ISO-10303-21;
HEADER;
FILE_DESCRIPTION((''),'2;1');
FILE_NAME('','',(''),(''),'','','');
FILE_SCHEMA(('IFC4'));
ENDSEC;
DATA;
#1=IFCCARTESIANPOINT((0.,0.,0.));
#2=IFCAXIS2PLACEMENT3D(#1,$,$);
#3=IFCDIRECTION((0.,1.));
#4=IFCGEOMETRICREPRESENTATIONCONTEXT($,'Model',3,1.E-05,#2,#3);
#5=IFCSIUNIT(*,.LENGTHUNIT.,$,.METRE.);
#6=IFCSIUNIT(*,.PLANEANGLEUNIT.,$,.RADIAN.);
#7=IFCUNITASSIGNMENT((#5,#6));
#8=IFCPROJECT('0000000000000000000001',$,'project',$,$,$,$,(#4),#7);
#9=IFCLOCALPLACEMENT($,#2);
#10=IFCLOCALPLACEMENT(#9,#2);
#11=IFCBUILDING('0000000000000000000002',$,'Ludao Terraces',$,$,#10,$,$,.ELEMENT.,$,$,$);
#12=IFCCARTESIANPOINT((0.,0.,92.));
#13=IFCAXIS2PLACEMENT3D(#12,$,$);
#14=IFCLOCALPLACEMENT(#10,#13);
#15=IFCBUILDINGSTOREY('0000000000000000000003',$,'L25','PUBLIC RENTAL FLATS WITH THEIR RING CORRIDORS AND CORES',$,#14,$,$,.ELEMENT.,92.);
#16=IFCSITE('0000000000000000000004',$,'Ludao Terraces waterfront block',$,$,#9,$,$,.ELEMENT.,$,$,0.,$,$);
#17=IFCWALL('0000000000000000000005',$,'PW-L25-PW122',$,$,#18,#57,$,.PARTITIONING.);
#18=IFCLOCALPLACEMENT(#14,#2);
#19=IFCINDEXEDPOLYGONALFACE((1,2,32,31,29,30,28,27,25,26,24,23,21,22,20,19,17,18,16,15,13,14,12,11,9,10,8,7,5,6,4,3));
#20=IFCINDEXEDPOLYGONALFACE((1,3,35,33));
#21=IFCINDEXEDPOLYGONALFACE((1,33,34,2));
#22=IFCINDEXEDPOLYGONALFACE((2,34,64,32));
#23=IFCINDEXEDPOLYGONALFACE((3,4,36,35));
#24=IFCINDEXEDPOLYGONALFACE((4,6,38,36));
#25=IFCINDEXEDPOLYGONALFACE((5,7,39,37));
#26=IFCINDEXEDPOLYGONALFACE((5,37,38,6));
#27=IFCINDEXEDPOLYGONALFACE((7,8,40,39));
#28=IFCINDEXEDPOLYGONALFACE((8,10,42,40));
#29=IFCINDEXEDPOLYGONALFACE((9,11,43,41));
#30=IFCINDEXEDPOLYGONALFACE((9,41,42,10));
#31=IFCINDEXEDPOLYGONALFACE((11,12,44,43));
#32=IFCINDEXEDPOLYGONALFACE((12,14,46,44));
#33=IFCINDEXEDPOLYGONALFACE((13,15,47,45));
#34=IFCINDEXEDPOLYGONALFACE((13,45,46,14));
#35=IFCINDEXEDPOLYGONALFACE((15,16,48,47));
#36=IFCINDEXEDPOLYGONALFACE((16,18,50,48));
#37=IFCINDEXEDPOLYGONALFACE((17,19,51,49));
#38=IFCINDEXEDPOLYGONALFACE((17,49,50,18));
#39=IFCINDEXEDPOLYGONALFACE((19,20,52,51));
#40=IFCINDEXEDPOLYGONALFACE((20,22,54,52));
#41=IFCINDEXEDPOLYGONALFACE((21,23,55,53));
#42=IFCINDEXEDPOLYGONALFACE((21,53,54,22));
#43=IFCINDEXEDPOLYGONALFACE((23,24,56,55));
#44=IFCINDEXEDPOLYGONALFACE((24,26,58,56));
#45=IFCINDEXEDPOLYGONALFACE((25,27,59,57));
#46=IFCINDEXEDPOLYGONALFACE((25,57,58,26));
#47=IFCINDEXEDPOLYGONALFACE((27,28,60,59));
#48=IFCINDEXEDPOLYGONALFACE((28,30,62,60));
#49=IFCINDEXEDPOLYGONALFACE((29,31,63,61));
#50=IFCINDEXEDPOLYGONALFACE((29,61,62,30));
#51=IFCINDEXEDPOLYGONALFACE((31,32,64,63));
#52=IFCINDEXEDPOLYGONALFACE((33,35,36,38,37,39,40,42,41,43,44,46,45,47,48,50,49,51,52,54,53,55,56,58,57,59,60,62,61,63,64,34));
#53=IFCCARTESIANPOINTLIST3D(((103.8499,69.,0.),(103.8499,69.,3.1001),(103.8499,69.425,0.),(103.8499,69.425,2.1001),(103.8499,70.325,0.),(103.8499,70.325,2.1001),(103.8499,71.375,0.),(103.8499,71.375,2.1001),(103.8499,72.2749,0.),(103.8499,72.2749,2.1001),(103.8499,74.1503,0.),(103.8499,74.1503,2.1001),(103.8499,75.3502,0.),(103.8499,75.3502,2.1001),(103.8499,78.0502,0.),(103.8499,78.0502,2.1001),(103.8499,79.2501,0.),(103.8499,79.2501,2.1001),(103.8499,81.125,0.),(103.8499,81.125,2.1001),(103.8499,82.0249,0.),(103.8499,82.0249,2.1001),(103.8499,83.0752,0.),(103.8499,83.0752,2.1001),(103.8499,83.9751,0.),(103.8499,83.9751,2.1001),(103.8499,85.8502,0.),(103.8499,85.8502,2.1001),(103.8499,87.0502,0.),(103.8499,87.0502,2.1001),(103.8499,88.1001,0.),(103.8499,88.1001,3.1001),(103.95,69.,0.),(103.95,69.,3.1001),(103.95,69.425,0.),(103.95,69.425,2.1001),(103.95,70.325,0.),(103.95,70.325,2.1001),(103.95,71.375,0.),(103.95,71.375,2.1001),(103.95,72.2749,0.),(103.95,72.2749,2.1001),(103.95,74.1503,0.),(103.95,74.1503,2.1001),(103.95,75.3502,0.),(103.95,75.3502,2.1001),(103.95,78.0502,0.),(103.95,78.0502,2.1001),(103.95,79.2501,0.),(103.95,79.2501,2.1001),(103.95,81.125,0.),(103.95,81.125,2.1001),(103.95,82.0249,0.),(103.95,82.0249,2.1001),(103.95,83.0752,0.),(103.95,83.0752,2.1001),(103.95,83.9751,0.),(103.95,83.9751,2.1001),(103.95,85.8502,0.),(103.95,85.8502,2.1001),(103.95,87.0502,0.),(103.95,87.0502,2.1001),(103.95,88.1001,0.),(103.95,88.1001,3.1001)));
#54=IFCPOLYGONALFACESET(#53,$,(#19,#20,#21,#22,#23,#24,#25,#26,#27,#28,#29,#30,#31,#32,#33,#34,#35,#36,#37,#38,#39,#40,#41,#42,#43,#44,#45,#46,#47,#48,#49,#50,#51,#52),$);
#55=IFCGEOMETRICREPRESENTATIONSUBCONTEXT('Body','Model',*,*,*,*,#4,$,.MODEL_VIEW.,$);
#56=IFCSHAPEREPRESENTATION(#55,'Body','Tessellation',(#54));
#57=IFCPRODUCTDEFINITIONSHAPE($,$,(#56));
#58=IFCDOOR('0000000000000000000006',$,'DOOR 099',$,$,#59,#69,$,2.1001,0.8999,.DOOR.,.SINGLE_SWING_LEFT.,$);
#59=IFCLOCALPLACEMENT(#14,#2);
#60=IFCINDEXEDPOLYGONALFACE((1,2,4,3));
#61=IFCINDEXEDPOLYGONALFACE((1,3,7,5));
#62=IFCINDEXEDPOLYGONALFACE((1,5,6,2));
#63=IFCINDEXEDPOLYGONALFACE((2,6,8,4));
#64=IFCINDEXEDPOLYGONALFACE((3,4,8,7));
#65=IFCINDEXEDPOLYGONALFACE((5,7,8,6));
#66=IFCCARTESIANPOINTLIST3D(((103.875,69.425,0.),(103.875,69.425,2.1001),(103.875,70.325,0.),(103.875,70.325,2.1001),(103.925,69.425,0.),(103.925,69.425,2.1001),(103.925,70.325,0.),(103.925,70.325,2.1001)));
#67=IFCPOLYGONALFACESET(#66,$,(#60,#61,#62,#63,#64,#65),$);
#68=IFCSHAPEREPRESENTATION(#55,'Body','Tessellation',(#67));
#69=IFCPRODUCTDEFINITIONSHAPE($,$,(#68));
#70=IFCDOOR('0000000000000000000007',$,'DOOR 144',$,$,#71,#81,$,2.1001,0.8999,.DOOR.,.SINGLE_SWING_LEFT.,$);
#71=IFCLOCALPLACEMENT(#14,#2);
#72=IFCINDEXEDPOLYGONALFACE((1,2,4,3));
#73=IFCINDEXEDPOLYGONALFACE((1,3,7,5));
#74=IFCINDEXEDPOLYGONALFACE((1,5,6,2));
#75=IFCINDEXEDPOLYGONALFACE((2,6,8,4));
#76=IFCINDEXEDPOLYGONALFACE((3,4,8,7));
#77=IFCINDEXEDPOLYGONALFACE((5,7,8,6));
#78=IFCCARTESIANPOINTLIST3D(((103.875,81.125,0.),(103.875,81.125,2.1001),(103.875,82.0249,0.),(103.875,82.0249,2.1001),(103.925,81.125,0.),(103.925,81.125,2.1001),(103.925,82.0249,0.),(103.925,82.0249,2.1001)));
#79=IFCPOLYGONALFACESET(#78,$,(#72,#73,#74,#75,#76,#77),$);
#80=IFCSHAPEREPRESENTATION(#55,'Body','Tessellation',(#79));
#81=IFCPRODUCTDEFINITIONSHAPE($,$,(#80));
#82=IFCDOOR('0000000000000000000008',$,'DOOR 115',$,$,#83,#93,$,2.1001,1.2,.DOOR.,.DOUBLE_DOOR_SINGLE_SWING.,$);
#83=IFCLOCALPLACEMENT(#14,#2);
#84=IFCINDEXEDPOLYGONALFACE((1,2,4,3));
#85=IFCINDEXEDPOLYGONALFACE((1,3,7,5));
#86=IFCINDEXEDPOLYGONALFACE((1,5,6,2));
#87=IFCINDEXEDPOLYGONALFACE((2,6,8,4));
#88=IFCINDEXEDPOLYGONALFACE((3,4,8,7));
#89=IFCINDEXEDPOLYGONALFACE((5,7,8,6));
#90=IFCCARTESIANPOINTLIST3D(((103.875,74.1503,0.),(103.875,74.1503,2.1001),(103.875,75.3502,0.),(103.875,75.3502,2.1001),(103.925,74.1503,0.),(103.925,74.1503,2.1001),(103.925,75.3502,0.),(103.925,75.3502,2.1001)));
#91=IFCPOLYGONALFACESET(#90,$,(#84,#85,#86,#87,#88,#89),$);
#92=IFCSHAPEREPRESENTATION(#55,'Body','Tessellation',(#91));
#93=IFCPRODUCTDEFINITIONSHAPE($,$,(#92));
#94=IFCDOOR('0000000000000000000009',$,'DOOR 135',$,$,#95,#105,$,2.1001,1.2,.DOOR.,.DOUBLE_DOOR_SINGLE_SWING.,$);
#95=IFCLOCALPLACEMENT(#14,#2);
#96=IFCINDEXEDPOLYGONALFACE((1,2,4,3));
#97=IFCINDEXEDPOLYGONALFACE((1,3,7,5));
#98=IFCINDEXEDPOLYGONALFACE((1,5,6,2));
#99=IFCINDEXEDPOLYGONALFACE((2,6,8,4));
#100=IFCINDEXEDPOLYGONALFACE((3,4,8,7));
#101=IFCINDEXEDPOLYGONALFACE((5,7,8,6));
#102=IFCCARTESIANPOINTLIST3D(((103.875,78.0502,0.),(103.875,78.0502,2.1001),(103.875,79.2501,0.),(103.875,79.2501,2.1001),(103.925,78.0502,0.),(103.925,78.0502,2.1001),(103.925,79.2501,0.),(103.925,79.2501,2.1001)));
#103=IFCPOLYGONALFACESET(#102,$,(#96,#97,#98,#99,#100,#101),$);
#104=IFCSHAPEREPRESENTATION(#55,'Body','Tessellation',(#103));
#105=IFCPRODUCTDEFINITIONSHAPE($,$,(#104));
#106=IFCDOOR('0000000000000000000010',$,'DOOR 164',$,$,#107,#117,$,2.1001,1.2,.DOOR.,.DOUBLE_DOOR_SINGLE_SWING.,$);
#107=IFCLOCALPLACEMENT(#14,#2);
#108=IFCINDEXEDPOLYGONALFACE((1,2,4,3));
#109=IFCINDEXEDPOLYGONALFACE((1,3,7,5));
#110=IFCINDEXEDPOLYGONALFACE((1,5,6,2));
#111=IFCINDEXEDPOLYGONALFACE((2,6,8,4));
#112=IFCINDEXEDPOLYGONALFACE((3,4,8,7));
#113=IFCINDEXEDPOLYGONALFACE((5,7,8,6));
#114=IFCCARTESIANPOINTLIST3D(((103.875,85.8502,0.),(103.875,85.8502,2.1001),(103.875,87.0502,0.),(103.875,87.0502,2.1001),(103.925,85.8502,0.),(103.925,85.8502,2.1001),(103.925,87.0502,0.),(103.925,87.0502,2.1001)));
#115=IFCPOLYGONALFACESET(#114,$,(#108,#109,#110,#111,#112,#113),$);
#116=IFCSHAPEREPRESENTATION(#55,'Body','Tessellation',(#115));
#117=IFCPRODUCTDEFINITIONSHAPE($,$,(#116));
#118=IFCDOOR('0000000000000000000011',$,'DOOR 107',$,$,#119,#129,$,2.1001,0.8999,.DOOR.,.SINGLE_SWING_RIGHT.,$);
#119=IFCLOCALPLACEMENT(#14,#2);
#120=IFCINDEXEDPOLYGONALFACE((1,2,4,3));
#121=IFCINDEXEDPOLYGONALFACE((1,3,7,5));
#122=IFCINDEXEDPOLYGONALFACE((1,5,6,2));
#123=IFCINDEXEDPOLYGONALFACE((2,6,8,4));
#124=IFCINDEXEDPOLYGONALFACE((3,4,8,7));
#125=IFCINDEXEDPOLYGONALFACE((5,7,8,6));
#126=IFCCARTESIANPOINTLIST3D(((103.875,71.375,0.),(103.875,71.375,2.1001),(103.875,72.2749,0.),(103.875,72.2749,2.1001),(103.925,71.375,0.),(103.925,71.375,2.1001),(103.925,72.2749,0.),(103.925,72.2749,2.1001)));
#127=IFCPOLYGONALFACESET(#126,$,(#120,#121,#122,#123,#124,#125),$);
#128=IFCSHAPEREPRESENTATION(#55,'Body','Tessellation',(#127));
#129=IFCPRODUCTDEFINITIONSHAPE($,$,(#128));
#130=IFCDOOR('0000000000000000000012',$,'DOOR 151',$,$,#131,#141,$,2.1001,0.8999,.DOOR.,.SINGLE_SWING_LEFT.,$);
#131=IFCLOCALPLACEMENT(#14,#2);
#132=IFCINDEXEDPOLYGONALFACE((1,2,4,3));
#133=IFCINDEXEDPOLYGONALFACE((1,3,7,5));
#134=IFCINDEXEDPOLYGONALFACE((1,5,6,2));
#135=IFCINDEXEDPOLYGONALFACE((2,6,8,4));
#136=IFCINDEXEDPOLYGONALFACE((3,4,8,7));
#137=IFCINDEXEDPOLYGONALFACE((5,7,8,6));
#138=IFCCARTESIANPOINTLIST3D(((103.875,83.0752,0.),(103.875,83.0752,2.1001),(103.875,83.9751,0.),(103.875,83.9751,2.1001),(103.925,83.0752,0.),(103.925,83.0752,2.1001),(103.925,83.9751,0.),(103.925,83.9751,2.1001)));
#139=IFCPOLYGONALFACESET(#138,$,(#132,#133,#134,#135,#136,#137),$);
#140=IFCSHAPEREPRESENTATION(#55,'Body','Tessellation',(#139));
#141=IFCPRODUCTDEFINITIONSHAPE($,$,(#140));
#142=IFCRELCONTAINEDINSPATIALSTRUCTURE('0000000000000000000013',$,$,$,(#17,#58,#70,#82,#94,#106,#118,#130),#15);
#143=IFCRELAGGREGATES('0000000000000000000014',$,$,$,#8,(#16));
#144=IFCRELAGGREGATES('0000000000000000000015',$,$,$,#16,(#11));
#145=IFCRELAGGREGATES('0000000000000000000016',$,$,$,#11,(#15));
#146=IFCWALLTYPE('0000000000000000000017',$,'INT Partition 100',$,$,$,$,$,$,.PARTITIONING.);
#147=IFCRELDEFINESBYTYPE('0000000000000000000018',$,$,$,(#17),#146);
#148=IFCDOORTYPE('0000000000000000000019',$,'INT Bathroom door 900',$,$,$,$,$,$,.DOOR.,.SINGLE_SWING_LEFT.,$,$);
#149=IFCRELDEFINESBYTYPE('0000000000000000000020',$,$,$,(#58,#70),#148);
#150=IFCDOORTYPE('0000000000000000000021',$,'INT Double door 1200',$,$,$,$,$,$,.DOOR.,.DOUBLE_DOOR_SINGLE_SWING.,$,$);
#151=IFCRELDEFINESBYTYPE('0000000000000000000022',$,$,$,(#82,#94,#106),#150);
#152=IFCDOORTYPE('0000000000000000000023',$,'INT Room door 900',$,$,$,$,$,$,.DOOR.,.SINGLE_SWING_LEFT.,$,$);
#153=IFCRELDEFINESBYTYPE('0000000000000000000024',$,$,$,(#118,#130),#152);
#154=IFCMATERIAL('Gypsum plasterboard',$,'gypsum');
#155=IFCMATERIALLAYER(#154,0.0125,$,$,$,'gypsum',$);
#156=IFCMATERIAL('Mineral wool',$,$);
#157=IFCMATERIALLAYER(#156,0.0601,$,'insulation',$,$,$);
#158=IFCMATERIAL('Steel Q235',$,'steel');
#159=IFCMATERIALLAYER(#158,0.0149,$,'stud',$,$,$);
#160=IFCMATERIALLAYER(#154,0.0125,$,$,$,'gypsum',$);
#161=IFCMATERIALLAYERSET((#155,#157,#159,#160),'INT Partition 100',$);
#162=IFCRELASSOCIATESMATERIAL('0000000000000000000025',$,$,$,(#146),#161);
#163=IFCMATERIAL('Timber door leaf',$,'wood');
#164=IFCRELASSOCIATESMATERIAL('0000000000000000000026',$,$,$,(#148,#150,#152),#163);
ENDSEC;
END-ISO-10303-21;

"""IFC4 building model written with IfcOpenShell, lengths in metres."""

from ifc_helpers import new_model, si_unit, direction, frame, frame_2d, origin, place, context, subcontext, project, spatial, rectangle, extrude, material, layer, layer_set, type_object, element, fill, save


model = new_model("IFC4")

# Units and contexts
model_context = context("Model", 3, precision=1e-05, world=origin(), true_north=direction((0.0, 1.0)))
body_context = subcontext(model_context, "Body", "Model", "MODEL_VIEW")
ifc_project = project(units=[si_unit("LENGTHUNIT", "METRE"), si_unit("PLANEANGLEUNIT", "RADIAN")], contexts=[model_context])

# Site, building, storey
site_placement = place(None, origin())
site = spatial("IfcSite", under=ifc_project, at=site_placement, Name="Ludao Terraces waterfront block", CompositionType="ELEMENT", RefElevation=0.0)
building_placement = place(site_placement, origin())
building = spatial("IfcBuilding", under=site, at=building_placement, Name="Ludao Terraces", CompositionType="ELEMENT")
storey_placement = place(building_placement, frame((0.0, 0.0, 92.0)))
storey = spatial("IfcBuildingStorey", under=building, at=storey_placement, Name="L25", Description="PUBLIC RENTAL FLATS WITH THEIR RING CORRIDORS AND CORES", CompositionType="ELEMENT", Elevation=92.0)

# Shared definitions
ifc_material_1 = material(Name="Mineral wool")

# Shared definitions
ifc_material_2 = material(Name="Gypsum plasterboard", Category="gypsum")
ifc_layer_1 = layer(ifc_material_2, 0.0125, Category="gypsum")
ifc_layer_2 = layer(ifc_material_1, 0.0601, Name="insulation")
ifc_material_3 = material(Name="Steel Q235", Category="steel")
ifc_layer_3 = layer(ifc_material_3, 0.0149, Name="stud")
ifc_layer_4 = layer(ifc_material_2, 0.0125, Category="gypsum")
ifc_layer_set_1 = layer_set([ifc_layer_1, ifc_layer_2, ifc_layer_3, ifc_layer_4], Name="INT Partition 100")
wall_type_1 = type_object("IfcWallType", Name="INT Partition 100", PredefinedType="PARTITIONING", material=ifc_layer_set_1)

# Wall, openings, doors
ifc_material_4 = material(Name="Timber door leaf", Category="wood")
door_type_1 = type_object("IfcDoorType", Name="INT Bathroom door 900", OperationType="SINGLE_SWING_LEFT", PredefinedType="DOOR", material=ifc_material_4)
wall_1_placement = place(storey_placement, frame((103.8999, 69.0, 0.0), z_axis=(0.0, 0.0, 1.0), x_axis=(0.0, 1.0, 0.0)))
wall_1 = element("IfcWall", 1, at=wall_1_placement, inside=storey, type_object=wall_type_1, Name="PW-L25-PW122", PredefinedType="PARTITIONING", context=body_context, shape_type="SweptSolid", body=[
    extrude(rectangle(XDim=19.1001, YDim=0.1001, at=frame_2d((9.55, 0.0))), origin(), (0.0, 0.0, 1.0), 3.1001),
])
opening_1_placement = place(wall_1_placement, frame((0.425, 0.0, 0.0)))
opening_1 = element("IfcOpeningElement", 2, at=opening_1_placement, cuts=wall_1, PredefinedType="OPENING", context=body_context, shape_type="SweptSolid", body=[
    extrude(rectangle(XDim=0.8999, YDim=2.1001, at=frame_2d((0.45, 1.05))), frame((0.0, 0.0601, 0.0), z_axis=(0.0, -1.0, 0.0), x_axis=(1.0, 0.0, 0.0)), (0.0, 0.0, 1.0), 0.1201),
])
opening_2_placement = place(wall_1_placement, frame((2.375, 0.0, 0.0)))
opening_2 = element("IfcOpeningElement", 3, at=opening_2_placement, cuts=wall_1, PredefinedType="OPENING", context=body_context, shape_type="SweptSolid", body=[
    extrude(rectangle(XDim=0.8999, YDim=2.1001, at=frame_2d((0.45, 1.05))), frame((0.0, 0.0601, 0.0), z_axis=(0.0, -1.0, 0.0), x_axis=(1.0, 0.0, 0.0)), (0.0, 0.0, 1.0), 0.1201),
])
opening_3_placement = place(wall_1_placement, frame((5.1501, 0.0, 0.0)))
opening_3 = element("IfcOpeningElement", 4, at=opening_3_placement, cuts=wall_1, PredefinedType="OPENING", context=body_context, shape_type="SweptSolid", body=[
    extrude(rectangle(XDim=1.2, YDim=2.1001, at=frame_2d((0.6001, 1.05))), frame((0.0, 0.0601, 0.0), z_axis=(0.0, -1.0, 0.0), x_axis=(1.0, 0.0, 0.0)), (0.0, 0.0, 1.0), 0.1201),
])
opening_4_placement = place(wall_1_placement, frame((9.05, 0.0, 0.0)))
opening_4 = element("IfcOpeningElement", 5, at=opening_4_placement, cuts=wall_1, PredefinedType="OPENING", context=body_context, shape_type="SweptSolid", body=[
    extrude(rectangle(XDim=1.2, YDim=2.1001, at=frame_2d((0.6001, 1.05))), frame((0.0, 0.0601, 0.0), z_axis=(0.0, -1.0, 0.0), x_axis=(1.0, 0.0, 0.0)), (0.0, 0.0, 1.0), 0.1201),
])
opening_5_placement = place(wall_1_placement, frame((12.125, 0.0, 0.0)))
opening_5 = element("IfcOpeningElement", 6, at=opening_5_placement, cuts=wall_1, PredefinedType="OPENING", context=body_context, shape_type="SweptSolid", body=[
    extrude(rectangle(XDim=0.8999, YDim=2.1001, at=frame_2d((0.45, 1.05))), frame((0.0, 0.0601, 0.0), z_axis=(0.0, -1.0, 0.0), x_axis=(1.0, 0.0, 0.0)), (0.0, 0.0, 1.0), 0.1201),
])
opening_6_placement = place(wall_1_placement, frame((14.0752, 0.0, 0.0)))
opening_6 = element("IfcOpeningElement", 7, at=opening_6_placement, cuts=wall_1, PredefinedType="OPENING", context=body_context, shape_type="SweptSolid", body=[
    extrude(rectangle(XDim=0.8999, YDim=2.1001, at=frame_2d((0.45, 1.05))), frame((0.0, 0.0601, 0.0), z_axis=(0.0, -1.0, 0.0), x_axis=(1.0, 0.0, 0.0)), (0.0, 0.0, 1.0), 0.1201),
])
opening_7_placement = place(wall_1_placement, frame((16.8501, 0.0, 0.0)))
opening_7 = element("IfcOpeningElement", 8, at=opening_7_placement, cuts=wall_1, PredefinedType="OPENING", context=body_context, shape_type="SweptSolid", body=[
    extrude(rectangle(XDim=1.2, YDim=2.1001, at=frame_2d((0.6001, 1.05))), frame((0.0, 0.0601, 0.0), z_axis=(0.0, -1.0, 0.0), x_axis=(1.0, 0.0, 0.0)), (0.0, 0.0, 1.0), 0.1201),
])
door_1_placement = place(opening_1_placement, origin())
door_1 = element("IfcDoor", 9, at=door_1_placement, inside=storey, type_object=door_type_1, Name="DOOR 099", OperationType="SINGLE_SWING_LEFT", OverallHeight=2.1001, OverallWidth=0.8999, PredefinedType="DOOR", context=body_context, shape_type="SweptSolid", body=[
    extrude(rectangle(XDim=0.8999, YDim=2.1001, at=frame_2d((0.45, 1.05))), frame((0.0, 0.0249, 0.0), z_axis=(0.0, -1.0, 0.0), x_axis=(1.0, 0.0, 0.0)), (0.0, 0.0, 1.0), 0.05),
])
fill(opening_1, door_1)
door_2_placement = place(opening_5_placement, origin())
door_2 = element("IfcDoor", 10, at=door_2_placement, inside=storey, type_object=door_type_1, Name="DOOR 144", OperationType="SINGLE_SWING_LEFT", OverallHeight=2.1001, OverallWidth=0.8999, PredefinedType="DOOR", context=body_context, shape_type="SweptSolid", body=[
    extrude(rectangle(XDim=0.8999, YDim=2.1001, at=frame_2d((0.45, 1.05))), frame((0.0, 0.0249, 0.0), z_axis=(0.0, -1.0, 0.0), x_axis=(1.0, 0.0, 0.0)), (0.0, 0.0, 1.0), 0.05),
])
fill(opening_5, door_2)
door_type_2 = type_object("IfcDoorType", Name="INT Double door 1200", OperationType="DOUBLE_DOOR_SINGLE_SWING", PredefinedType="DOOR", material=ifc_material_4)
door_3_placement = place(opening_3_placement, origin())
door_3 = element("IfcDoor", 11, at=door_3_placement, inside=storey, type_object=door_type_2, Name="DOOR 115", OperationType="DOUBLE_DOOR_SINGLE_SWING", OverallHeight=2.1001, OverallWidth=1.2, PredefinedType="DOOR", context=body_context, shape_type="SweptSolid", body=[
    extrude(rectangle(XDim=1.2, YDim=2.1001, at=frame_2d((0.6001, 1.05))), frame((0.0, 0.0249, 0.0), z_axis=(0.0, -1.0, 0.0), x_axis=(1.0, 0.0, 0.0)), (0.0, 0.0, 1.0), 0.05),
])
fill(opening_3, door_3)
door_4_placement = place(opening_4_placement, origin())
door_4 = element("IfcDoor", 12, at=door_4_placement, inside=storey, type_object=door_type_2, Name="DOOR 135", OperationType="DOUBLE_DOOR_SINGLE_SWING", OverallHeight=2.1001, OverallWidth=1.2, PredefinedType="DOOR", context=body_context, shape_type="SweptSolid", body=[
    extrude(rectangle(XDim=1.2, YDim=2.1001, at=frame_2d((0.6001, 1.05))), frame((0.0, 0.0249, 0.0), z_axis=(0.0, -1.0, 0.0), x_axis=(1.0, 0.0, 0.0)), (0.0, 0.0, 1.0), 0.05),
])
fill(opening_4, door_4)
door_5_placement = place(opening_7_placement, origin())
door_5 = element("IfcDoor", 13, at=door_5_placement, inside=storey, type_object=door_type_2, Name="DOOR 164", OperationType="DOUBLE_DOOR_SINGLE_SWING", OverallHeight=2.1001, OverallWidth=1.2, PredefinedType="DOOR", context=body_context, shape_type="SweptSolid", body=[
    extrude(rectangle(XDim=1.2, YDim=2.1001, at=frame_2d((0.6001, 1.05))), frame((0.0, 0.0249, 0.0), z_axis=(0.0, -1.0, 0.0), x_axis=(1.0, 0.0, 0.0)), (0.0, 0.0, 1.0), 0.05),
])
fill(opening_7, door_5)
door_type_3 = type_object("IfcDoorType", Name="INT Room door 900", OperationType="SINGLE_SWING_LEFT", PredefinedType="DOOR", material=ifc_material_4)
door_6_placement = place(opening_2_placement, origin())
door_6 = element("IfcDoor", 14, at=door_6_placement, inside=storey, type_object=door_type_3, Name="DOOR 107", OperationType="SINGLE_SWING_RIGHT", OverallHeight=2.1001, OverallWidth=0.8999, PredefinedType="DOOR", context=body_context, shape_type="SweptSolid", body=[
    extrude(rectangle(XDim=0.8999, YDim=2.1001, at=frame_2d((0.45, 1.05))), frame((0.0, 0.0249, 0.0), z_axis=(0.0, -1.0, 0.0), x_axis=(1.0, 0.0, 0.0)), (0.0, 0.0, 1.0), 0.05),
])
fill(opening_2, door_6)
door_7_placement = place(opening_6_placement, origin())
door_7 = element("IfcDoor", 15, at=door_7_placement, inside=storey, type_object=door_type_3, Name="DOOR 151", OperationType="SINGLE_SWING_LEFT", OverallHeight=2.1001, OverallWidth=0.8999, PredefinedType="DOOR", context=body_context, shape_type="SweptSolid", body=[
    extrude(rectangle(XDim=0.8999, YDim=2.1001, at=frame_2d((0.45, 1.05))), frame((0.0, 0.0249, 0.0), z_axis=(0.0, -1.0, 0.0), x_axis=(1.0, 0.0, 0.0)), (0.0, 0.0, 1.0), 0.05),
])
fill(opening_6, door_7)

save(model, "model.ifc")
